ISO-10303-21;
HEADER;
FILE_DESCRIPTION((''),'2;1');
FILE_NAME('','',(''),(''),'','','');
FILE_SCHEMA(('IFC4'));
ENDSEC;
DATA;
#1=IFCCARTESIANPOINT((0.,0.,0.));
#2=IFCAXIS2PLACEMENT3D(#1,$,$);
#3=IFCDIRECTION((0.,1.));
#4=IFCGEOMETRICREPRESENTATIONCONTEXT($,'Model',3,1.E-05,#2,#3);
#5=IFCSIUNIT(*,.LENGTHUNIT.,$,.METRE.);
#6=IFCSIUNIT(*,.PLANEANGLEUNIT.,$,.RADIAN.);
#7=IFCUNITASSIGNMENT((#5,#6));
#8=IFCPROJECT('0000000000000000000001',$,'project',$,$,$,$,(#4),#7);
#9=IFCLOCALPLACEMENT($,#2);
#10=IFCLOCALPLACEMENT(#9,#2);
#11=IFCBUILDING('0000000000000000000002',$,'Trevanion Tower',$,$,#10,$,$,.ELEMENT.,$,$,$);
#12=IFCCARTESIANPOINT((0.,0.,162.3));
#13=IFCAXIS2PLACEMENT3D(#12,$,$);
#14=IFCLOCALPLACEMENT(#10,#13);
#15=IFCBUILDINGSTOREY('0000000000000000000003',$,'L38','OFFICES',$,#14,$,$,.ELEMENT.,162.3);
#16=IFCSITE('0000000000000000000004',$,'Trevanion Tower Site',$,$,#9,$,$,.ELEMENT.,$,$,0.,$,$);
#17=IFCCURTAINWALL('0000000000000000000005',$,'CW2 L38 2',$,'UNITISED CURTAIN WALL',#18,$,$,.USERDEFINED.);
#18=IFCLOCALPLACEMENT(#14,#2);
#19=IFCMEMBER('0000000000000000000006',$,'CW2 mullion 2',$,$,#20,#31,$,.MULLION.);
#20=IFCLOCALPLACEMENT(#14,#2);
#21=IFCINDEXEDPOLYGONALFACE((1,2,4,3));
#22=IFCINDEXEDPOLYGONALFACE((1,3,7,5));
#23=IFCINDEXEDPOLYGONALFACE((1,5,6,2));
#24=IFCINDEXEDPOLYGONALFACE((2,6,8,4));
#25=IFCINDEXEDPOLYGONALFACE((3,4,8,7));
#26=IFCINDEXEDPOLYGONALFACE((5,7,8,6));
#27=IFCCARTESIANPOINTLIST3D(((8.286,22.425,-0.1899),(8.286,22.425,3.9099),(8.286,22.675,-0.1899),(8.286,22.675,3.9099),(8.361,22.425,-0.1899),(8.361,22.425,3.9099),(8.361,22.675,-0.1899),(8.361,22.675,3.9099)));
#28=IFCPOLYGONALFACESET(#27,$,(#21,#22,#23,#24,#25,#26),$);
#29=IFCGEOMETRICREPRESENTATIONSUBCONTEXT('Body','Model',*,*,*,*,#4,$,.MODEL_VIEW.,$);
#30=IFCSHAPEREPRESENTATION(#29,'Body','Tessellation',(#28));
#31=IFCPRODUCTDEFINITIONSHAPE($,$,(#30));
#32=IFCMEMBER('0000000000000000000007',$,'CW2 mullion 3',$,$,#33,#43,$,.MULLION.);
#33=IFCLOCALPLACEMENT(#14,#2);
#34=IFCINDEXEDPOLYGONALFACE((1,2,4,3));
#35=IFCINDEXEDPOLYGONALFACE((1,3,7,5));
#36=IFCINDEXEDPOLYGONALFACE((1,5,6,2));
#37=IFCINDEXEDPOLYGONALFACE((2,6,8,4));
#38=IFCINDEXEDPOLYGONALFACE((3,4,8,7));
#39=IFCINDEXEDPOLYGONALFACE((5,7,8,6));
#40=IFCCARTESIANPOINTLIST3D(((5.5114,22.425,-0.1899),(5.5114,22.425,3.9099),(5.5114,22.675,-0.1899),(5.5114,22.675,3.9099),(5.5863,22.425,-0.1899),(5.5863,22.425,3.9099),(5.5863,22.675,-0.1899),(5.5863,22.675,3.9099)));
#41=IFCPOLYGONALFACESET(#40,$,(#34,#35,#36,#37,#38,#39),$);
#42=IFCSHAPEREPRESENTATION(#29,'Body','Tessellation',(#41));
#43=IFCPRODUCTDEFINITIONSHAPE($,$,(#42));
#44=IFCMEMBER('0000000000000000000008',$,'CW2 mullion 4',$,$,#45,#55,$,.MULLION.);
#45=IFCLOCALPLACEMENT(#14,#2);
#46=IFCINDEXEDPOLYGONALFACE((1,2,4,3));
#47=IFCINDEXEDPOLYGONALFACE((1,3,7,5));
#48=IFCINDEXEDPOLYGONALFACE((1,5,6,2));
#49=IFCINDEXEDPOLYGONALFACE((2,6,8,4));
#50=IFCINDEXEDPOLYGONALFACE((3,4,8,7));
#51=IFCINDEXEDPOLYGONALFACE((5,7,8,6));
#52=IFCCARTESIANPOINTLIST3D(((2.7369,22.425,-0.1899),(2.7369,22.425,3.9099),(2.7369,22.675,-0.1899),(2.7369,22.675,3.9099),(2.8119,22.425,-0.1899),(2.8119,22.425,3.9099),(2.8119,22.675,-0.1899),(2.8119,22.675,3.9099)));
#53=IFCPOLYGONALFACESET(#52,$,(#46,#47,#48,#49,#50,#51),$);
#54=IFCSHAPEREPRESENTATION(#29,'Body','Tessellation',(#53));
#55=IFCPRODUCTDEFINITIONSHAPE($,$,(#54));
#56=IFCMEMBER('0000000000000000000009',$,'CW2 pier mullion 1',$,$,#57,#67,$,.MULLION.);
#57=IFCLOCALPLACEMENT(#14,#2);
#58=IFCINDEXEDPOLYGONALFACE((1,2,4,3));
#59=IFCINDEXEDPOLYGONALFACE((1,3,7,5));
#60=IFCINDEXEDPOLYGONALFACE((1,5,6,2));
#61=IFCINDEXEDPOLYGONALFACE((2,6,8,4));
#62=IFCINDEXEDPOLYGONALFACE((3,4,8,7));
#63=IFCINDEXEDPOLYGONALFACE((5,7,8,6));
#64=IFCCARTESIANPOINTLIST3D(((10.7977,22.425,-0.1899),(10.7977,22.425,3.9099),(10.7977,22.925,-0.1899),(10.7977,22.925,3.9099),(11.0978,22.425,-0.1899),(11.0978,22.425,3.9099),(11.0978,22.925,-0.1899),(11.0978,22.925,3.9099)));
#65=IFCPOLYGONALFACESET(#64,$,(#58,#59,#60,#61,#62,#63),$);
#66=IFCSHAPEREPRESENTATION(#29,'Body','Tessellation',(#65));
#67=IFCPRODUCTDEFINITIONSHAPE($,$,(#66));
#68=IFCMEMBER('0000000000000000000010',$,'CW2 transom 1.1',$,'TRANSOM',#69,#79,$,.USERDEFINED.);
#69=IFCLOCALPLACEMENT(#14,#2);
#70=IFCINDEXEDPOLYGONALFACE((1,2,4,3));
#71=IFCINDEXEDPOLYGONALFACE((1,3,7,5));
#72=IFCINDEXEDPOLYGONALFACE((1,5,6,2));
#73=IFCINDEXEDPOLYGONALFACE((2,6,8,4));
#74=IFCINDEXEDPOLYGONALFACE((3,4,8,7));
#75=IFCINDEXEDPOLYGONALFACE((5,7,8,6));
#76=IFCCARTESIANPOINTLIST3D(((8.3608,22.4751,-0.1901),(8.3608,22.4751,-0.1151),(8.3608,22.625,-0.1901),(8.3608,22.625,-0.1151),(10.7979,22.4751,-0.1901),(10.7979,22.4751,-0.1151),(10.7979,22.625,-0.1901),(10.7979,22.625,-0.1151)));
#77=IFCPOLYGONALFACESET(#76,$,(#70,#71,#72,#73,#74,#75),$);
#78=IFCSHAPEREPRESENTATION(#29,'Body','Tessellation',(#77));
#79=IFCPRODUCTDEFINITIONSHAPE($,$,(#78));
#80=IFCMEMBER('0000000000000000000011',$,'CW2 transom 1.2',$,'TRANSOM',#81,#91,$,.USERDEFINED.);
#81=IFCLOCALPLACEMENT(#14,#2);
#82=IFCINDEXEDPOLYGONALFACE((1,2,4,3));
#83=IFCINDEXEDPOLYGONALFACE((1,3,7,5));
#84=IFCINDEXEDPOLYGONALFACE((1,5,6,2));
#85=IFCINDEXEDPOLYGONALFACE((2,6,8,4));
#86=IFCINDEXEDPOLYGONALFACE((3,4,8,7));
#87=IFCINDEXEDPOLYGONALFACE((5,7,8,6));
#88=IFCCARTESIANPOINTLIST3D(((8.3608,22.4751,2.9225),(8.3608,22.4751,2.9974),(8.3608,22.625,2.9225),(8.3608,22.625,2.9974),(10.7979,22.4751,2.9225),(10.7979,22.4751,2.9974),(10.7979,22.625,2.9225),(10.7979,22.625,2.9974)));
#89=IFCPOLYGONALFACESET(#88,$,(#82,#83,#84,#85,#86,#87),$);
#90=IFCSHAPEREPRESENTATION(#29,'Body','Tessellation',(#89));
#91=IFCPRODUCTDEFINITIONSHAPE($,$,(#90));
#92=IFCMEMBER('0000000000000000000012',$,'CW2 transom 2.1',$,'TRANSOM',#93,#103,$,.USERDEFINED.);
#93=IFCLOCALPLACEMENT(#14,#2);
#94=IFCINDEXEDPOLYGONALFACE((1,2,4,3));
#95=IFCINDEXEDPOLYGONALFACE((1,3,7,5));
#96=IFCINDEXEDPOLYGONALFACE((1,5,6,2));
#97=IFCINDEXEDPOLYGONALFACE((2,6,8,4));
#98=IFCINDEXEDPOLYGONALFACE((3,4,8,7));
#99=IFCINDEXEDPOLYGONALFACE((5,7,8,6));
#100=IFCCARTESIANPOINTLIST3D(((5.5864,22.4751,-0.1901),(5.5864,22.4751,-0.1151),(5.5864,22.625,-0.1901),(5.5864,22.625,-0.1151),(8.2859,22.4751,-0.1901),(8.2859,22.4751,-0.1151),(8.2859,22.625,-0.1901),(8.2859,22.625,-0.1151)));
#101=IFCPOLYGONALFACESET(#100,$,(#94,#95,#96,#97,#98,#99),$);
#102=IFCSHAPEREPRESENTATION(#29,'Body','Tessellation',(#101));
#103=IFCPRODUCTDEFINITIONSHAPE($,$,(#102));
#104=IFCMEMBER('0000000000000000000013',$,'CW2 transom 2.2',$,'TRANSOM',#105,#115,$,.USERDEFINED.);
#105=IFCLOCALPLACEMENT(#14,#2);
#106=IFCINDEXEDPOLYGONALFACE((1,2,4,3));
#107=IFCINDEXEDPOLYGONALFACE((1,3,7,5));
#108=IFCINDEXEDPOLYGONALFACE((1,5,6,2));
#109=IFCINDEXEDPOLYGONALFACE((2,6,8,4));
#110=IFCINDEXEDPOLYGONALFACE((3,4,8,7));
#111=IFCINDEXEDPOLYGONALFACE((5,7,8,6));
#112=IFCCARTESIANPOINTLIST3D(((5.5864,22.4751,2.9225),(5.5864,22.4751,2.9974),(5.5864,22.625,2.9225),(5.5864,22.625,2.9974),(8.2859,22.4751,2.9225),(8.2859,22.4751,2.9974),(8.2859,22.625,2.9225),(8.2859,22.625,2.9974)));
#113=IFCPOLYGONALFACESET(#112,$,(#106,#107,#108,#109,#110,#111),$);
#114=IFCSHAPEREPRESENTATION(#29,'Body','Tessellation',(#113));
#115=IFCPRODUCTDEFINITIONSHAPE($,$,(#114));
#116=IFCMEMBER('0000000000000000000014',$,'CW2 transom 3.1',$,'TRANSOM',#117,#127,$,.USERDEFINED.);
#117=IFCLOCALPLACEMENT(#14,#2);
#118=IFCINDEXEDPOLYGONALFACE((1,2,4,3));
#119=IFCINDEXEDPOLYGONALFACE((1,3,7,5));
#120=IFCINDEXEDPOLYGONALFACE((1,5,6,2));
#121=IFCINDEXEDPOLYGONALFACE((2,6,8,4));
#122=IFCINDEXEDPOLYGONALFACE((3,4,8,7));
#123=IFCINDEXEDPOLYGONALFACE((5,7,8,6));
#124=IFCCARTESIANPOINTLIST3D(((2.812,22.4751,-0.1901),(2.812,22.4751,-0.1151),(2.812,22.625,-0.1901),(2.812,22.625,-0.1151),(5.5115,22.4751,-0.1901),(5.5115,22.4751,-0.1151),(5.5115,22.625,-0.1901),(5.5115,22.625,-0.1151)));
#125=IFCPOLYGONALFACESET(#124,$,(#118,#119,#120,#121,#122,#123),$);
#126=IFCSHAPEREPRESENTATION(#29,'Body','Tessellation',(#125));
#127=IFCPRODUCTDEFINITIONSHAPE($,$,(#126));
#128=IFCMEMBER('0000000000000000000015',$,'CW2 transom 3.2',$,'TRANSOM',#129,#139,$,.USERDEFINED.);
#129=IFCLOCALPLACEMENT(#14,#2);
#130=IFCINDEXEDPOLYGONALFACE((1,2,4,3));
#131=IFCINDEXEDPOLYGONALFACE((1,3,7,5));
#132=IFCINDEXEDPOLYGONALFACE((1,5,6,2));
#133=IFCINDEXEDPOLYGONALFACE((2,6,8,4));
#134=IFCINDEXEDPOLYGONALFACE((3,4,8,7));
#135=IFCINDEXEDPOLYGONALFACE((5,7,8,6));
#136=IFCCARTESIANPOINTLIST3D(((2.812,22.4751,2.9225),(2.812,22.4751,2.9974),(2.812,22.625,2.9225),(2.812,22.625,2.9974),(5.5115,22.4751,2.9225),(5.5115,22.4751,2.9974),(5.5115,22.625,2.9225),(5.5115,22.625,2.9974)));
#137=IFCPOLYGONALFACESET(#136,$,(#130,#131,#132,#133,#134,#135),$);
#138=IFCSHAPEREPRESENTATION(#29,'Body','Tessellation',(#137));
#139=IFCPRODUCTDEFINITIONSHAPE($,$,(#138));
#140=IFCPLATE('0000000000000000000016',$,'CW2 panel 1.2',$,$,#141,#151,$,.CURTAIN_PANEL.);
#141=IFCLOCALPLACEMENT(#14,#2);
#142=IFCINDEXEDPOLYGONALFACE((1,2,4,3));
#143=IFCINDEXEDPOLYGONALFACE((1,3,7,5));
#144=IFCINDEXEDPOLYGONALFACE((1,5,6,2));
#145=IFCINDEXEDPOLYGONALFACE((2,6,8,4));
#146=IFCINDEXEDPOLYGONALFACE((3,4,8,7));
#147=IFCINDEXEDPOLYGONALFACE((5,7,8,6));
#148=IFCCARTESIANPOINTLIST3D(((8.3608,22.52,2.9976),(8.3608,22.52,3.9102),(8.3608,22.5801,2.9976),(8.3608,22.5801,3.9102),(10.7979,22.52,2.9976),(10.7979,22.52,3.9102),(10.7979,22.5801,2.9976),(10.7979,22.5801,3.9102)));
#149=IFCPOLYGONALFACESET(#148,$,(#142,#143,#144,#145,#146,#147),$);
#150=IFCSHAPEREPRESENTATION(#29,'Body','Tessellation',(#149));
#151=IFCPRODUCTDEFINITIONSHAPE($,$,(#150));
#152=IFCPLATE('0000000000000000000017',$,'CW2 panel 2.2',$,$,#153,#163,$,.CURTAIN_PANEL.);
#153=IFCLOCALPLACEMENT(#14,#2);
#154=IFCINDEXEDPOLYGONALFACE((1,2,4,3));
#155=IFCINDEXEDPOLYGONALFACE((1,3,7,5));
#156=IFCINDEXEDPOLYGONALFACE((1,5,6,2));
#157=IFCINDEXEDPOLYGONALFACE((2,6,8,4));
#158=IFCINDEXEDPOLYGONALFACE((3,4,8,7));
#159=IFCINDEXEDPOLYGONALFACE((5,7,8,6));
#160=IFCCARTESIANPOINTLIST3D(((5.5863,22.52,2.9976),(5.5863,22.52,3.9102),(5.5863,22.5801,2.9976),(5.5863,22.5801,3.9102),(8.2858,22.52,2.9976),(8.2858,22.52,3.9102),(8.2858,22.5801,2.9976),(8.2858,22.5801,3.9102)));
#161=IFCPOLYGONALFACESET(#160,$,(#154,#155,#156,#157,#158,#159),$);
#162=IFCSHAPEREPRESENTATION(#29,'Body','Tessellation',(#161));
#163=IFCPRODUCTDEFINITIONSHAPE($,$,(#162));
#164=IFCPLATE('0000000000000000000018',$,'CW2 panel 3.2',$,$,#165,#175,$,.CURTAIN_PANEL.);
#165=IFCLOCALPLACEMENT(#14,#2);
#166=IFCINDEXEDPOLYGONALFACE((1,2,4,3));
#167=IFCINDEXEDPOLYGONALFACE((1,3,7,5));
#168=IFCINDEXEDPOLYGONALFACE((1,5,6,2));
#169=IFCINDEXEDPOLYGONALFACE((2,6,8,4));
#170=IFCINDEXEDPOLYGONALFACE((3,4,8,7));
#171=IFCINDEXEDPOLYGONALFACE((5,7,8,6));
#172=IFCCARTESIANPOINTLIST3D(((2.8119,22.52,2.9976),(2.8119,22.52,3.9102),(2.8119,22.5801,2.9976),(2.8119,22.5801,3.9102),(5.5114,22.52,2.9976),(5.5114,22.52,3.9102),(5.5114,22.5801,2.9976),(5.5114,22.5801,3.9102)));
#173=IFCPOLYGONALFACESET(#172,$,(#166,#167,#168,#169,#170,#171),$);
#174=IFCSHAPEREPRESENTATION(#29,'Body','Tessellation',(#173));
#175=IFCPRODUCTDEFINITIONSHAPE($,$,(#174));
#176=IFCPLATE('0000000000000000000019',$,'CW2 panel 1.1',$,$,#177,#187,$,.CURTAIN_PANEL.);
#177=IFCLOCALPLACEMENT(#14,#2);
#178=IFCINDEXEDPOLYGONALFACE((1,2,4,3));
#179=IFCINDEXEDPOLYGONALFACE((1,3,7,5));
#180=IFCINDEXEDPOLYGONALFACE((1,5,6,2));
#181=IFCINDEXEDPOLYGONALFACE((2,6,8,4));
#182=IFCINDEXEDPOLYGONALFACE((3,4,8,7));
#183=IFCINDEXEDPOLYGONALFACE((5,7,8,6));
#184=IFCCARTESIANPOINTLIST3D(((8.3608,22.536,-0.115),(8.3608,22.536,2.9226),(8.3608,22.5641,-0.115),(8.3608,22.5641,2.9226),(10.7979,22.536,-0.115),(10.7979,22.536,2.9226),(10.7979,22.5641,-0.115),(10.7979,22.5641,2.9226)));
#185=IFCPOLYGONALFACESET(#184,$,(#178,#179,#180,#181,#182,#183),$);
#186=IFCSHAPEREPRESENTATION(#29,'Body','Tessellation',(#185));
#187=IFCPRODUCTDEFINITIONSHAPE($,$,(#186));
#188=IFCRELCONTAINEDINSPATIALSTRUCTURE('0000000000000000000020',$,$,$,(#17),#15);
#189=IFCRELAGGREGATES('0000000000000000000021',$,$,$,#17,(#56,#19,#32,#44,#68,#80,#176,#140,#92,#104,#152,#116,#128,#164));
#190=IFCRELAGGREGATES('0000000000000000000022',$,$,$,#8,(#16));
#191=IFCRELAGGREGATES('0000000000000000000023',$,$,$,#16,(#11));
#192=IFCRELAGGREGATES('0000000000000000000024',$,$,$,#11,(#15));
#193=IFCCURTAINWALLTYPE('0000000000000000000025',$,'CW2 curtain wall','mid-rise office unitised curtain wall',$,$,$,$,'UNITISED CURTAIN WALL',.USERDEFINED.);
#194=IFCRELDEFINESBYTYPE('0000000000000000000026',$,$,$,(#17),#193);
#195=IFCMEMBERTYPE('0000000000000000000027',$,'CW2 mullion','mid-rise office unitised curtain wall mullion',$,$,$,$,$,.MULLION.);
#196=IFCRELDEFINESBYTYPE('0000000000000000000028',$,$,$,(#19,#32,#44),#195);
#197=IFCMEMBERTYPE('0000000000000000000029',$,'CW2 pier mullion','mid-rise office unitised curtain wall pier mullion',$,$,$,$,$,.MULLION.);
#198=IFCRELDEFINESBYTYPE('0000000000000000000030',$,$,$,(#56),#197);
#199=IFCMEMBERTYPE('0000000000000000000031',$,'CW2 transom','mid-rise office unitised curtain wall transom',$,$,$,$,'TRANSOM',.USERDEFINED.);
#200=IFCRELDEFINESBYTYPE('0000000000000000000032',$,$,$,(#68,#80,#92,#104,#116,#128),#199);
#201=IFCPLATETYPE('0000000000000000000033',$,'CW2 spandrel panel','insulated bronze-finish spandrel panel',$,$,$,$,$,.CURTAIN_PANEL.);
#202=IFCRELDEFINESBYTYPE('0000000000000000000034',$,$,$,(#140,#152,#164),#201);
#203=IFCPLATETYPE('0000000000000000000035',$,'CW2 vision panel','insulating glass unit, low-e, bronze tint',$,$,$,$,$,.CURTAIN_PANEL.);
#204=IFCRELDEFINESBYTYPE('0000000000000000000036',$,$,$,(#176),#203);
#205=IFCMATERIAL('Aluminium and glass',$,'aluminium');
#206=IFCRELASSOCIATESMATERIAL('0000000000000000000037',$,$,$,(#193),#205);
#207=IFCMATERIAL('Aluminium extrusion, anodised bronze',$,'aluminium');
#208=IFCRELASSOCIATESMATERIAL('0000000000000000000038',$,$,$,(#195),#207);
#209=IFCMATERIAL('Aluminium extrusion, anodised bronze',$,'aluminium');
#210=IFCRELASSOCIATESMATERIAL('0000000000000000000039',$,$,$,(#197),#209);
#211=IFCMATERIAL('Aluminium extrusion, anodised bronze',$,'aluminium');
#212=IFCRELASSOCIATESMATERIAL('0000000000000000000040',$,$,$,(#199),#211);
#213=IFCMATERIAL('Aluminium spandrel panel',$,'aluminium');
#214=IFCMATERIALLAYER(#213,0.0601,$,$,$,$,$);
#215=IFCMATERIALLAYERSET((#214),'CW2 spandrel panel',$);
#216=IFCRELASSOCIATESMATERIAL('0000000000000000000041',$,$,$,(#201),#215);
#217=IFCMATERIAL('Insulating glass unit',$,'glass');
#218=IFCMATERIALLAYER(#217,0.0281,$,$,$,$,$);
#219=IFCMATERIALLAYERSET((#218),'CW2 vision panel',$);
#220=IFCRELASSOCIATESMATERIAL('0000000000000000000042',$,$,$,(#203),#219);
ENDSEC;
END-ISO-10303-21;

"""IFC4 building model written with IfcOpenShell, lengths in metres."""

from ifc_helpers import new_model, si_unit, direction, frame, origin, origin_2d, place, context, subcontext, project, spatial, rectangle, extrude, material, layer, layer_set, material_profile, profile_set, type_object, element, aggregate, save


model = new_model("IFC4")

# Units and contexts
model_context = context("Model", 3, precision=1e-05, world=origin(), true_north=direction((0.0, 1.0)))
body_context = subcontext(model_context, "Body", "Model", "MODEL_VIEW")
ifc_project = project(units=[si_unit("LENGTHUNIT", "METRE"), si_unit("PLANEANGLEUNIT", "RADIAN")], contexts=[model_context])

# Site, building, storey
site_placement = place(None, origin())
site = spatial("IfcSite", under=ifc_project, at=site_placement, Name="Trevanion Tower Site", CompositionType="ELEMENT", RefElevation=0.0)
building_placement = place(site_placement, origin())
building = spatial("IfcBuilding", under=site, at=building_placement, Name="Trevanion Tower", CompositionType="ELEMENT")
storey_placement = place(building_placement, frame((0.0, 0.0, 162.3)))
storey = spatial("IfcBuildingStorey", under=building, at=storey_placement, Name="L38", Description="OFFICES", CompositionType="ELEMENT", Elevation=162.3)

# Curtain wall, members, plates
ifc_material_1 = material(Name="Aluminium and glass", Category="aluminium")
curtain_wall_type = type_object("IfcCurtainWallType", Name="CW2 curtain wall", Description="mid-rise office unitised curtain wall", ElementType="UNITISED CURTAIN WALL", PredefinedType="USERDEFINED", material=ifc_material_1)
curtain_wall_placement = place(storey_placement, origin())
curtain_wall = element("IfcCurtainWall", 1, at=curtain_wall_placement, inside=storey, type_object=curtain_wall_type, Name="CW2 L38 2", ObjectType="UNITISED CURTAIN WALL", PredefinedType="USERDEFINED")
ifc_material_2 = material(Name="Aluminium extrusion, anodised bronze", Category="aluminium")
ifc_material_profile_1 = material_profile(ifc_material_2, rectangle(XDim=0.075, YDim=0.25, at=origin_2d()), Name="CW2 mullion")
ifc_profile_set_1 = profile_set([ifc_material_profile_1], Name="Aluminium extrusion, anodised bronze")
member_type_1 = type_object("IfcMemberType", Name="CW2 mullion", Description="mid-rise office unitised curtain wall mullion", PredefinedType="MULLION", material=ifc_profile_set_1)
member_1_placement = place(storey_placement, frame((8.3235, 22.55, -0.1899), z_axis=(0.0, 0.0, 1.0), x_axis=(-1.0, 0.0, 0.0)))
member_1 = element("IfcMember", 2, at=member_1_placement, type_object=member_type_1, Name="CW2 mullion 2", PredefinedType="MULLION", context=body_context, shape_type="SweptSolid", body=[
    extrude(rectangle(XDim=0.075, YDim=0.25, at=origin_2d()), origin(), (0.0, 0.0, 1.0), 4.0999),
])
member_2_placement = place(storey_placement, frame((5.5488, 22.55, -0.1899), z_axis=(0.0, 0.0, 1.0), x_axis=(-1.0, 0.0, 0.0)))
member_2 = element("IfcMember", 3, at=member_2_placement, type_object=member_type_1, Name="CW2 mullion 3", PredefinedType="MULLION", context=body_context, shape_type="SweptSolid", body=[
    extrude(rectangle(XDim=0.075, YDim=0.25, at=origin_2d()), origin(), (0.0, 0.0, 1.0), 4.0999),
])
member_3_placement = place(storey_placement, frame((2.7744, 22.55, -0.1899), z_axis=(0.0, 0.0, 1.0), x_axis=(-1.0, 0.0, 0.0)))
member_3 = element("IfcMember", 4, at=member_3_placement, type_object=member_type_1, Name="CW2 mullion 4", PredefinedType="MULLION", context=body_context, shape_type="SweptSolid", body=[
    extrude(rectangle(XDim=0.075, YDim=0.25, at=origin_2d()), origin(), (0.0, 0.0, 1.0), 4.0999),
])
ifc_material_3 = material(Name="Aluminium extrusion, anodised bronze", Category="aluminium")
ifc_material_profile_2 = material_profile(ifc_material_3, rectangle(XDim=0.3, YDim=0.5, at=origin_2d()), Name="CW2 pier mullion")
ifc_profile_set_2 = profile_set([ifc_material_profile_2], Name="Aluminium extrusion, anodised bronze")
member_type_2 = type_object("IfcMemberType", Name="CW2 pier mullion", Description="mid-rise office unitised curtain wall pier mullion", PredefinedType="MULLION", material=ifc_profile_set_2)
member_4_placement = place(storey_placement, frame((10.9478, 22.675, -0.1899), z_axis=(0.0, 0.0, 1.0), x_axis=(-1.0, 0.0, 0.0)))
member_4 = element("IfcMember", 5, at=member_4_placement, type_object=member_type_2, Name="CW2 pier mullion 1", PredefinedType="MULLION", context=body_context, shape_type="SweptSolid", body=[
    extrude(rectangle(XDim=0.3, YDim=0.5, at=origin_2d()), origin(), (0.0, 0.0, 1.0), 4.0999),
])
ifc_material_4 = material(Name="Aluminium extrusion, anodised bronze", Category="aluminium")
ifc_material_profile_3 = material_profile(ifc_material_4, rectangle(XDim=0.1499, YDim=0.075, at=origin_2d()), Name="CW2 transom")
ifc_profile_set_3 = profile_set([ifc_material_profile_3], Name="Aluminium extrusion, anodised bronze")
member_type_3 = type_object("IfcMemberType", Name="CW2 transom", Description="mid-rise office unitised curtain wall transom", ElementType="TRANSOM", PredefinedType="USERDEFINED", material=ifc_profile_set_3)
member_5_placement = place(storey_placement, frame((10.7979, 22.55, -0.1526), z_axis=(-1.0, 0.0, 0.0), x_axis=(0.0, -1.0, 0.0)))
member_5 = element("IfcMember", 6, at=member_5_placement, type_object=member_type_3, Name="CW2 transom 1.1", ObjectType="TRANSOM", PredefinedType="USERDEFINED", context=body_context, shape_type="SweptSolid", body=[
    extrude(rectangle(XDim=0.1499, YDim=0.075, at=origin_2d()), origin(), (0.0, 0.0, 1.0), 2.437),
])
member_6_placement = place(storey_placement, frame((10.7979, 22.55, 2.96), z_axis=(-1.0, 0.0, 0.0), x_axis=(0.0, -1.0, 0.0)))
member_6 = element("IfcMember", 7, at=member_6_placement, type_object=member_type_3, Name="CW2 transom 1.2", ObjectType="TRANSOM", PredefinedType="USERDEFINED", context=body_context, shape_type="SweptSolid", body=[
    extrude(rectangle(XDim=0.1499, YDim=0.075, at=origin_2d()), origin(), (0.0, 0.0, 1.0), 2.437),
])
member_7_placement = place(storey_placement, frame((8.2859, 22.55, -0.1526), z_axis=(-1.0, 0.0, 0.0), x_axis=(0.0, -1.0, 0.0)))
member_7 = element("IfcMember", 8, at=member_7_placement, type_object=member_type_3, Name="CW2 transom 2.1", ObjectType="TRANSOM", PredefinedType="USERDEFINED", context=body_context, shape_type="SweptSolid", body=[
    extrude(rectangle(XDim=0.1499, YDim=0.075, at=origin_2d()), origin(), (0.0, 0.0, 1.0), 2.6995),
])
member_8_placement = place(storey_placement, frame((8.2859, 22.55, 2.96), z_axis=(-1.0, 0.0, 0.0), x_axis=(0.0, -1.0, 0.0)))
member_8 = element("IfcMember", 9, at=member_8_placement, type_object=member_type_3, Name="CW2 transom 2.2", ObjectType="TRANSOM", PredefinedType="USERDEFINED", context=body_context, shape_type="SweptSolid", body=[
    extrude(rectangle(XDim=0.1499, YDim=0.075, at=origin_2d()), origin(), (0.0, 0.0, 1.0), 2.6995),
])
member_9_placement = place(storey_placement, frame((5.5115, 22.55, -0.1526), z_axis=(-1.0, 0.0, 0.0), x_axis=(0.0, -1.0, 0.0)))
member_9 = element("IfcMember", 10, at=member_9_placement, type_object=member_type_3, Name="CW2 transom 3.1", ObjectType="TRANSOM", PredefinedType="USERDEFINED", context=body_context, shape_type="SweptSolid", body=[
    extrude(rectangle(XDim=0.1499, YDim=0.075, at=origin_2d()), origin(), (0.0, 0.0, 1.0), 2.6995),
])
member_10_placement = place(storey_placement, frame((5.5115, 22.55, 2.96), z_axis=(-1.0, 0.0, 0.0), x_axis=(0.0, -1.0, 0.0)))
member_10 = element("IfcMember", 11, at=member_10_placement, type_object=member_type_3, Name="CW2 transom 3.2", ObjectType="TRANSOM", PredefinedType="USERDEFINED", context=body_context, shape_type="SweptSolid", body=[
    extrude(rectangle(XDim=0.1499, YDim=0.075, at=origin_2d()), origin(), (0.0, 0.0, 1.0), 2.6995),
])
ifc_material_5 = material(Name="Aluminium spandrel panel", Category="aluminium")
ifc_layer_1 = layer(ifc_material_5, 0.0601)
ifc_layer_set_1 = layer_set([ifc_layer_1], Name="CW2 spandrel panel")
plate_type_1 = type_object("IfcPlateType", Name="CW2 spandrel panel", Description="insulated bronze-finish spandrel panel", PredefinedType="CURTAIN_PANEL", material=ifc_layer_set_1)
plate_1_placement = place(storey_placement, frame((9.5793, 22.55, 2.9976), z_axis=(0.0, 0.0, 1.0), x_axis=(-1.0, 0.0, 0.0)))
plate_1 = element("IfcPlate", 12, at=plate_1_placement, type_object=plate_type_1, Name="CW2 panel 1.2", PredefinedType="CURTAIN_PANEL", context=body_context, shape_type="SweptSolid", body=[
    extrude(rectangle(XDim=2.437, YDim=0.0601, at=origin_2d()), origin(), (0.0, 0.0, 1.0), 0.9126),
])
plate_2_placement = place(storey_placement, frame((6.936, 22.55, 2.9976), z_axis=(0.0, 0.0, 1.0), x_axis=(-1.0, 0.0, 0.0)))
plate_2 = element("IfcPlate", 13, at=plate_2_placement, type_object=plate_type_1, Name="CW2 panel 2.2", PredefinedType="CURTAIN_PANEL", context=body_context, shape_type="SweptSolid", body=[
    extrude(rectangle(XDim=2.6995, YDim=0.0601, at=origin_2d()), origin(), (0.0, 0.0, 1.0), 0.9126),
])
plate_3_placement = place(storey_placement, frame((4.1616, 22.55, 2.9976), z_axis=(0.0, 0.0, 1.0), x_axis=(-1.0, 0.0, 0.0)))
plate_3 = element("IfcPlate", 14, at=plate_3_placement, type_object=plate_type_1, Name="CW2 panel 3.2", PredefinedType="CURTAIN_PANEL", context=body_context, shape_type="SweptSolid", body=[
    extrude(rectangle(XDim=2.6995, YDim=0.0601, at=origin_2d()), origin(), (0.0, 0.0, 1.0), 0.9126),
])
ifc_material_6 = material(Name="Insulating glass unit", Category="glass")
ifc_layer_2 = layer(ifc_material_6, 0.0281)
ifc_layer_set_2 = layer_set([ifc_layer_2], Name="CW2 vision panel")
plate_type_2 = type_object("IfcPlateType", Name="CW2 vision panel", Description="insulating glass unit, low-e, bronze tint", PredefinedType="CURTAIN_PANEL", material=ifc_layer_set_2)
plate_4_placement = place(storey_placement, frame((9.5793, 22.55, -0.115), z_axis=(0.0, 0.0, 1.0), x_axis=(-1.0, 0.0, 0.0)))
plate_4 = element("IfcPlate", 15, at=plate_4_placement, type_object=plate_type_2, Name="CW2 panel 1.1", PredefinedType="CURTAIN_PANEL", context=body_context, shape_type="SweptSolid", body=[
    extrude(rectangle(XDim=2.437, YDim=0.0281, at=origin_2d()), origin(), (0.0, 0.0, 1.0), 3.0376),
])
aggregate(curtain_wall, [member_4, member_1, member_2, member_3, member_5, member_6, plate_4, plate_1, member_7, member_8, plate_2, member_9, member_10, plate_3])

save(model, "model.ifc")
